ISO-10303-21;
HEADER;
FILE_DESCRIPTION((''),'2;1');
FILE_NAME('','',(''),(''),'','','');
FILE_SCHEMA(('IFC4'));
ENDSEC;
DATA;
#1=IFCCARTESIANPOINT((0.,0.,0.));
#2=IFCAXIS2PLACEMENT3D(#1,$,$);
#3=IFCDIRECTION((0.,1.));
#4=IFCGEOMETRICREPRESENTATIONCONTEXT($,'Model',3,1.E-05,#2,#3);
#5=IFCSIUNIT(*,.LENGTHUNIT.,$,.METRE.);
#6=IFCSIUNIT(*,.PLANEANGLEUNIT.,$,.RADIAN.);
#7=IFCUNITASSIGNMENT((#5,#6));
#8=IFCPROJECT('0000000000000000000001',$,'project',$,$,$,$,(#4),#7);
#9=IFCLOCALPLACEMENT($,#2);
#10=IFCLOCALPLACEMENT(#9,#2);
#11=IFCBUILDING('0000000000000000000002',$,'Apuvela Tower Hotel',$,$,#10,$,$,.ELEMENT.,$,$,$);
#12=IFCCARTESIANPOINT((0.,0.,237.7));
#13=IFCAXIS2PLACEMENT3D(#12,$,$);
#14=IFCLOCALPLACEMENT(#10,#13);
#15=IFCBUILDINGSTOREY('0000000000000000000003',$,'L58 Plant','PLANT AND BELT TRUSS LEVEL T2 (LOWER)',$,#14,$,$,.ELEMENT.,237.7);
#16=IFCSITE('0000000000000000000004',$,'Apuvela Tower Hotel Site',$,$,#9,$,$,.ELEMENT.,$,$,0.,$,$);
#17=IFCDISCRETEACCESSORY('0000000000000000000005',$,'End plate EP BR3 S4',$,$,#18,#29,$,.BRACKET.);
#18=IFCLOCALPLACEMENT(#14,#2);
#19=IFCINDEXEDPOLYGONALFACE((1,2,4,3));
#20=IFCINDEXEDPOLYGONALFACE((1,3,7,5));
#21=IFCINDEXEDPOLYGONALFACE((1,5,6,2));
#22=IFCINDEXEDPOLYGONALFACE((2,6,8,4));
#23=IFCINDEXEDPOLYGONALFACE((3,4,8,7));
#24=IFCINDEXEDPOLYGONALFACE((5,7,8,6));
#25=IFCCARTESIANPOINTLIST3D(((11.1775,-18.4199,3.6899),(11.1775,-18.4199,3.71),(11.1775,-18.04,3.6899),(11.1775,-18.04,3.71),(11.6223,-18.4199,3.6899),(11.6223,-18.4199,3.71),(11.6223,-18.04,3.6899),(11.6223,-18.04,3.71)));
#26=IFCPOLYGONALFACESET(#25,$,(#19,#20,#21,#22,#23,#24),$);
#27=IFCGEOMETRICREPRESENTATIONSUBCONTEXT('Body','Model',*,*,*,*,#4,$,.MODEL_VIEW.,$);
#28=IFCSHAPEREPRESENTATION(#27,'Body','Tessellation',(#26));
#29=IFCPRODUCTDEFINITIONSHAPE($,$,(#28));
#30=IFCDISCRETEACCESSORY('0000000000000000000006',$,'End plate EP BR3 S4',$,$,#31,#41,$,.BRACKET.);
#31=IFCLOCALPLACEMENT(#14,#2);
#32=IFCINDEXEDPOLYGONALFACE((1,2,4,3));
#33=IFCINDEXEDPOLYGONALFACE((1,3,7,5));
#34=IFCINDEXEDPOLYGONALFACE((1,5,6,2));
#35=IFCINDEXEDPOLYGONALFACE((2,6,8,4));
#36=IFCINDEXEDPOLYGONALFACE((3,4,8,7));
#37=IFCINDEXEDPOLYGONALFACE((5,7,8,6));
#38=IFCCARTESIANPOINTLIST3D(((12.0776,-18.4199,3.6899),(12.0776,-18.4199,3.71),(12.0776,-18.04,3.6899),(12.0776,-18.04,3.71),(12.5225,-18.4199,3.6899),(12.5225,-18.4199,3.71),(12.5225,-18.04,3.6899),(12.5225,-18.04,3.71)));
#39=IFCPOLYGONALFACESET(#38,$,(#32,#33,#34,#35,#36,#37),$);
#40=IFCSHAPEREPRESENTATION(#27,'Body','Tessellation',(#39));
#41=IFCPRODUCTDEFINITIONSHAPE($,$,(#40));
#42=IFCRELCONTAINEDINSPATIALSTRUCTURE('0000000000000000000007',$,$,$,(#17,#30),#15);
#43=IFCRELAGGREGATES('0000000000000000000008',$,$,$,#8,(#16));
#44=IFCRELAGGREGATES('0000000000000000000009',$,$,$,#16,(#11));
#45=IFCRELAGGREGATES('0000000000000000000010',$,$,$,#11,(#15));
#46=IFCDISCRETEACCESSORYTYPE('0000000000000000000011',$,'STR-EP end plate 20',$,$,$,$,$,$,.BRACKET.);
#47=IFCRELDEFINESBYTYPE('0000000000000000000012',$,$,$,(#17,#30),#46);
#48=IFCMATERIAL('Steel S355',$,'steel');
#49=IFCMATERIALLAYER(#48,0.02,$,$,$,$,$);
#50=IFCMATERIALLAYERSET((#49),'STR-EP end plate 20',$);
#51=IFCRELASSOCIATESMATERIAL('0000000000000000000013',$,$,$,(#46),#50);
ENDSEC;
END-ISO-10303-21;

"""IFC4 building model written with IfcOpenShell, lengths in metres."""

from ifc_helpers import new_model, si_unit, direction, frame, origin, origin_2d, place, context, subcontext, project, spatial, rectangle, extrude, material, layer, layer_set, type_object, element, save


model = new_model("IFC4")

# Units and contexts
model_context = context("Model", 3, precision=1e-05, world=origin(), true_north=direction((0.0, 1.0)))
body_context = subcontext(model_context, "Body", "Model", "MODEL_VIEW")
ifc_project = project(units=[si_unit("LENGTHUNIT", "METRE"), si_unit("PLANEANGLEUNIT", "RADIAN")], contexts=[model_context])

# Site, building, storey
site_placement = place(None, origin())
site = spatial("IfcSite", under=ifc_project, at=site_placement, Name="Apuvela Tower Hotel Site", CompositionType="ELEMENT", RefElevation=0.0)
building_placement = place(site_placement, origin())
building = spatial("IfcBuilding", under=site, at=building_placement, Name="Apuvela Tower Hotel", CompositionType="ELEMENT")
storey_placement = place(building_placement, frame((0.0, 0.0, 237.7)))
storey = spatial("IfcBuildingStorey", under=building, at=storey_placement, Name="L58 Plant", Description="PLANT AND BELT TRUSS LEVEL T2 (LOWER)", CompositionType="ELEMENT", Elevation=237.7)

# Shared definitions
ifc_material_1 = material(Name="Steel S355", Category="steel")

# Discrete accessories
ifc_layer_1 = layer(ifc_material_1, 0.02)
ifc_layer_set_1 = layer_set([ifc_layer_1], Name="STR-EP end plate 20")
discrete_accessory_type_1 = type_object("IfcDiscreteAccessoryType", Name="STR-EP end plate 20", PredefinedType="BRACKET", material=ifc_layer_set_1)
for number, where, z_axis, x_axis, name in (
    (1, (11.3999, -18.23, 3.6899), (0.0, 0.0, 1.0), (1.0, 0.0, 0.0), "End plate EP BR3 S4"),
    (2, (12.3, -18.23, 3.6899), (0.0, 0.0, 1.0), (-1.0, 0.0, 0.0), "End plate EP BR3 S4"),
):
    element("IfcDiscreteAccessory", number, at=place(storey_placement, frame(where, z_axis=z_axis, x_axis=x_axis)), inside=storey, type_object=discrete_accessory_type_1, Name=name, PredefinedType="BRACKET", context=body_context, shape_type="SweptSolid", body=[
        extrude(rectangle(XDim=0.4448, YDim=0.3799, at=origin_2d()), origin(), (0.0, 0.0, 1.0), 0.02),
    ])

save(model, "model.ifc")
